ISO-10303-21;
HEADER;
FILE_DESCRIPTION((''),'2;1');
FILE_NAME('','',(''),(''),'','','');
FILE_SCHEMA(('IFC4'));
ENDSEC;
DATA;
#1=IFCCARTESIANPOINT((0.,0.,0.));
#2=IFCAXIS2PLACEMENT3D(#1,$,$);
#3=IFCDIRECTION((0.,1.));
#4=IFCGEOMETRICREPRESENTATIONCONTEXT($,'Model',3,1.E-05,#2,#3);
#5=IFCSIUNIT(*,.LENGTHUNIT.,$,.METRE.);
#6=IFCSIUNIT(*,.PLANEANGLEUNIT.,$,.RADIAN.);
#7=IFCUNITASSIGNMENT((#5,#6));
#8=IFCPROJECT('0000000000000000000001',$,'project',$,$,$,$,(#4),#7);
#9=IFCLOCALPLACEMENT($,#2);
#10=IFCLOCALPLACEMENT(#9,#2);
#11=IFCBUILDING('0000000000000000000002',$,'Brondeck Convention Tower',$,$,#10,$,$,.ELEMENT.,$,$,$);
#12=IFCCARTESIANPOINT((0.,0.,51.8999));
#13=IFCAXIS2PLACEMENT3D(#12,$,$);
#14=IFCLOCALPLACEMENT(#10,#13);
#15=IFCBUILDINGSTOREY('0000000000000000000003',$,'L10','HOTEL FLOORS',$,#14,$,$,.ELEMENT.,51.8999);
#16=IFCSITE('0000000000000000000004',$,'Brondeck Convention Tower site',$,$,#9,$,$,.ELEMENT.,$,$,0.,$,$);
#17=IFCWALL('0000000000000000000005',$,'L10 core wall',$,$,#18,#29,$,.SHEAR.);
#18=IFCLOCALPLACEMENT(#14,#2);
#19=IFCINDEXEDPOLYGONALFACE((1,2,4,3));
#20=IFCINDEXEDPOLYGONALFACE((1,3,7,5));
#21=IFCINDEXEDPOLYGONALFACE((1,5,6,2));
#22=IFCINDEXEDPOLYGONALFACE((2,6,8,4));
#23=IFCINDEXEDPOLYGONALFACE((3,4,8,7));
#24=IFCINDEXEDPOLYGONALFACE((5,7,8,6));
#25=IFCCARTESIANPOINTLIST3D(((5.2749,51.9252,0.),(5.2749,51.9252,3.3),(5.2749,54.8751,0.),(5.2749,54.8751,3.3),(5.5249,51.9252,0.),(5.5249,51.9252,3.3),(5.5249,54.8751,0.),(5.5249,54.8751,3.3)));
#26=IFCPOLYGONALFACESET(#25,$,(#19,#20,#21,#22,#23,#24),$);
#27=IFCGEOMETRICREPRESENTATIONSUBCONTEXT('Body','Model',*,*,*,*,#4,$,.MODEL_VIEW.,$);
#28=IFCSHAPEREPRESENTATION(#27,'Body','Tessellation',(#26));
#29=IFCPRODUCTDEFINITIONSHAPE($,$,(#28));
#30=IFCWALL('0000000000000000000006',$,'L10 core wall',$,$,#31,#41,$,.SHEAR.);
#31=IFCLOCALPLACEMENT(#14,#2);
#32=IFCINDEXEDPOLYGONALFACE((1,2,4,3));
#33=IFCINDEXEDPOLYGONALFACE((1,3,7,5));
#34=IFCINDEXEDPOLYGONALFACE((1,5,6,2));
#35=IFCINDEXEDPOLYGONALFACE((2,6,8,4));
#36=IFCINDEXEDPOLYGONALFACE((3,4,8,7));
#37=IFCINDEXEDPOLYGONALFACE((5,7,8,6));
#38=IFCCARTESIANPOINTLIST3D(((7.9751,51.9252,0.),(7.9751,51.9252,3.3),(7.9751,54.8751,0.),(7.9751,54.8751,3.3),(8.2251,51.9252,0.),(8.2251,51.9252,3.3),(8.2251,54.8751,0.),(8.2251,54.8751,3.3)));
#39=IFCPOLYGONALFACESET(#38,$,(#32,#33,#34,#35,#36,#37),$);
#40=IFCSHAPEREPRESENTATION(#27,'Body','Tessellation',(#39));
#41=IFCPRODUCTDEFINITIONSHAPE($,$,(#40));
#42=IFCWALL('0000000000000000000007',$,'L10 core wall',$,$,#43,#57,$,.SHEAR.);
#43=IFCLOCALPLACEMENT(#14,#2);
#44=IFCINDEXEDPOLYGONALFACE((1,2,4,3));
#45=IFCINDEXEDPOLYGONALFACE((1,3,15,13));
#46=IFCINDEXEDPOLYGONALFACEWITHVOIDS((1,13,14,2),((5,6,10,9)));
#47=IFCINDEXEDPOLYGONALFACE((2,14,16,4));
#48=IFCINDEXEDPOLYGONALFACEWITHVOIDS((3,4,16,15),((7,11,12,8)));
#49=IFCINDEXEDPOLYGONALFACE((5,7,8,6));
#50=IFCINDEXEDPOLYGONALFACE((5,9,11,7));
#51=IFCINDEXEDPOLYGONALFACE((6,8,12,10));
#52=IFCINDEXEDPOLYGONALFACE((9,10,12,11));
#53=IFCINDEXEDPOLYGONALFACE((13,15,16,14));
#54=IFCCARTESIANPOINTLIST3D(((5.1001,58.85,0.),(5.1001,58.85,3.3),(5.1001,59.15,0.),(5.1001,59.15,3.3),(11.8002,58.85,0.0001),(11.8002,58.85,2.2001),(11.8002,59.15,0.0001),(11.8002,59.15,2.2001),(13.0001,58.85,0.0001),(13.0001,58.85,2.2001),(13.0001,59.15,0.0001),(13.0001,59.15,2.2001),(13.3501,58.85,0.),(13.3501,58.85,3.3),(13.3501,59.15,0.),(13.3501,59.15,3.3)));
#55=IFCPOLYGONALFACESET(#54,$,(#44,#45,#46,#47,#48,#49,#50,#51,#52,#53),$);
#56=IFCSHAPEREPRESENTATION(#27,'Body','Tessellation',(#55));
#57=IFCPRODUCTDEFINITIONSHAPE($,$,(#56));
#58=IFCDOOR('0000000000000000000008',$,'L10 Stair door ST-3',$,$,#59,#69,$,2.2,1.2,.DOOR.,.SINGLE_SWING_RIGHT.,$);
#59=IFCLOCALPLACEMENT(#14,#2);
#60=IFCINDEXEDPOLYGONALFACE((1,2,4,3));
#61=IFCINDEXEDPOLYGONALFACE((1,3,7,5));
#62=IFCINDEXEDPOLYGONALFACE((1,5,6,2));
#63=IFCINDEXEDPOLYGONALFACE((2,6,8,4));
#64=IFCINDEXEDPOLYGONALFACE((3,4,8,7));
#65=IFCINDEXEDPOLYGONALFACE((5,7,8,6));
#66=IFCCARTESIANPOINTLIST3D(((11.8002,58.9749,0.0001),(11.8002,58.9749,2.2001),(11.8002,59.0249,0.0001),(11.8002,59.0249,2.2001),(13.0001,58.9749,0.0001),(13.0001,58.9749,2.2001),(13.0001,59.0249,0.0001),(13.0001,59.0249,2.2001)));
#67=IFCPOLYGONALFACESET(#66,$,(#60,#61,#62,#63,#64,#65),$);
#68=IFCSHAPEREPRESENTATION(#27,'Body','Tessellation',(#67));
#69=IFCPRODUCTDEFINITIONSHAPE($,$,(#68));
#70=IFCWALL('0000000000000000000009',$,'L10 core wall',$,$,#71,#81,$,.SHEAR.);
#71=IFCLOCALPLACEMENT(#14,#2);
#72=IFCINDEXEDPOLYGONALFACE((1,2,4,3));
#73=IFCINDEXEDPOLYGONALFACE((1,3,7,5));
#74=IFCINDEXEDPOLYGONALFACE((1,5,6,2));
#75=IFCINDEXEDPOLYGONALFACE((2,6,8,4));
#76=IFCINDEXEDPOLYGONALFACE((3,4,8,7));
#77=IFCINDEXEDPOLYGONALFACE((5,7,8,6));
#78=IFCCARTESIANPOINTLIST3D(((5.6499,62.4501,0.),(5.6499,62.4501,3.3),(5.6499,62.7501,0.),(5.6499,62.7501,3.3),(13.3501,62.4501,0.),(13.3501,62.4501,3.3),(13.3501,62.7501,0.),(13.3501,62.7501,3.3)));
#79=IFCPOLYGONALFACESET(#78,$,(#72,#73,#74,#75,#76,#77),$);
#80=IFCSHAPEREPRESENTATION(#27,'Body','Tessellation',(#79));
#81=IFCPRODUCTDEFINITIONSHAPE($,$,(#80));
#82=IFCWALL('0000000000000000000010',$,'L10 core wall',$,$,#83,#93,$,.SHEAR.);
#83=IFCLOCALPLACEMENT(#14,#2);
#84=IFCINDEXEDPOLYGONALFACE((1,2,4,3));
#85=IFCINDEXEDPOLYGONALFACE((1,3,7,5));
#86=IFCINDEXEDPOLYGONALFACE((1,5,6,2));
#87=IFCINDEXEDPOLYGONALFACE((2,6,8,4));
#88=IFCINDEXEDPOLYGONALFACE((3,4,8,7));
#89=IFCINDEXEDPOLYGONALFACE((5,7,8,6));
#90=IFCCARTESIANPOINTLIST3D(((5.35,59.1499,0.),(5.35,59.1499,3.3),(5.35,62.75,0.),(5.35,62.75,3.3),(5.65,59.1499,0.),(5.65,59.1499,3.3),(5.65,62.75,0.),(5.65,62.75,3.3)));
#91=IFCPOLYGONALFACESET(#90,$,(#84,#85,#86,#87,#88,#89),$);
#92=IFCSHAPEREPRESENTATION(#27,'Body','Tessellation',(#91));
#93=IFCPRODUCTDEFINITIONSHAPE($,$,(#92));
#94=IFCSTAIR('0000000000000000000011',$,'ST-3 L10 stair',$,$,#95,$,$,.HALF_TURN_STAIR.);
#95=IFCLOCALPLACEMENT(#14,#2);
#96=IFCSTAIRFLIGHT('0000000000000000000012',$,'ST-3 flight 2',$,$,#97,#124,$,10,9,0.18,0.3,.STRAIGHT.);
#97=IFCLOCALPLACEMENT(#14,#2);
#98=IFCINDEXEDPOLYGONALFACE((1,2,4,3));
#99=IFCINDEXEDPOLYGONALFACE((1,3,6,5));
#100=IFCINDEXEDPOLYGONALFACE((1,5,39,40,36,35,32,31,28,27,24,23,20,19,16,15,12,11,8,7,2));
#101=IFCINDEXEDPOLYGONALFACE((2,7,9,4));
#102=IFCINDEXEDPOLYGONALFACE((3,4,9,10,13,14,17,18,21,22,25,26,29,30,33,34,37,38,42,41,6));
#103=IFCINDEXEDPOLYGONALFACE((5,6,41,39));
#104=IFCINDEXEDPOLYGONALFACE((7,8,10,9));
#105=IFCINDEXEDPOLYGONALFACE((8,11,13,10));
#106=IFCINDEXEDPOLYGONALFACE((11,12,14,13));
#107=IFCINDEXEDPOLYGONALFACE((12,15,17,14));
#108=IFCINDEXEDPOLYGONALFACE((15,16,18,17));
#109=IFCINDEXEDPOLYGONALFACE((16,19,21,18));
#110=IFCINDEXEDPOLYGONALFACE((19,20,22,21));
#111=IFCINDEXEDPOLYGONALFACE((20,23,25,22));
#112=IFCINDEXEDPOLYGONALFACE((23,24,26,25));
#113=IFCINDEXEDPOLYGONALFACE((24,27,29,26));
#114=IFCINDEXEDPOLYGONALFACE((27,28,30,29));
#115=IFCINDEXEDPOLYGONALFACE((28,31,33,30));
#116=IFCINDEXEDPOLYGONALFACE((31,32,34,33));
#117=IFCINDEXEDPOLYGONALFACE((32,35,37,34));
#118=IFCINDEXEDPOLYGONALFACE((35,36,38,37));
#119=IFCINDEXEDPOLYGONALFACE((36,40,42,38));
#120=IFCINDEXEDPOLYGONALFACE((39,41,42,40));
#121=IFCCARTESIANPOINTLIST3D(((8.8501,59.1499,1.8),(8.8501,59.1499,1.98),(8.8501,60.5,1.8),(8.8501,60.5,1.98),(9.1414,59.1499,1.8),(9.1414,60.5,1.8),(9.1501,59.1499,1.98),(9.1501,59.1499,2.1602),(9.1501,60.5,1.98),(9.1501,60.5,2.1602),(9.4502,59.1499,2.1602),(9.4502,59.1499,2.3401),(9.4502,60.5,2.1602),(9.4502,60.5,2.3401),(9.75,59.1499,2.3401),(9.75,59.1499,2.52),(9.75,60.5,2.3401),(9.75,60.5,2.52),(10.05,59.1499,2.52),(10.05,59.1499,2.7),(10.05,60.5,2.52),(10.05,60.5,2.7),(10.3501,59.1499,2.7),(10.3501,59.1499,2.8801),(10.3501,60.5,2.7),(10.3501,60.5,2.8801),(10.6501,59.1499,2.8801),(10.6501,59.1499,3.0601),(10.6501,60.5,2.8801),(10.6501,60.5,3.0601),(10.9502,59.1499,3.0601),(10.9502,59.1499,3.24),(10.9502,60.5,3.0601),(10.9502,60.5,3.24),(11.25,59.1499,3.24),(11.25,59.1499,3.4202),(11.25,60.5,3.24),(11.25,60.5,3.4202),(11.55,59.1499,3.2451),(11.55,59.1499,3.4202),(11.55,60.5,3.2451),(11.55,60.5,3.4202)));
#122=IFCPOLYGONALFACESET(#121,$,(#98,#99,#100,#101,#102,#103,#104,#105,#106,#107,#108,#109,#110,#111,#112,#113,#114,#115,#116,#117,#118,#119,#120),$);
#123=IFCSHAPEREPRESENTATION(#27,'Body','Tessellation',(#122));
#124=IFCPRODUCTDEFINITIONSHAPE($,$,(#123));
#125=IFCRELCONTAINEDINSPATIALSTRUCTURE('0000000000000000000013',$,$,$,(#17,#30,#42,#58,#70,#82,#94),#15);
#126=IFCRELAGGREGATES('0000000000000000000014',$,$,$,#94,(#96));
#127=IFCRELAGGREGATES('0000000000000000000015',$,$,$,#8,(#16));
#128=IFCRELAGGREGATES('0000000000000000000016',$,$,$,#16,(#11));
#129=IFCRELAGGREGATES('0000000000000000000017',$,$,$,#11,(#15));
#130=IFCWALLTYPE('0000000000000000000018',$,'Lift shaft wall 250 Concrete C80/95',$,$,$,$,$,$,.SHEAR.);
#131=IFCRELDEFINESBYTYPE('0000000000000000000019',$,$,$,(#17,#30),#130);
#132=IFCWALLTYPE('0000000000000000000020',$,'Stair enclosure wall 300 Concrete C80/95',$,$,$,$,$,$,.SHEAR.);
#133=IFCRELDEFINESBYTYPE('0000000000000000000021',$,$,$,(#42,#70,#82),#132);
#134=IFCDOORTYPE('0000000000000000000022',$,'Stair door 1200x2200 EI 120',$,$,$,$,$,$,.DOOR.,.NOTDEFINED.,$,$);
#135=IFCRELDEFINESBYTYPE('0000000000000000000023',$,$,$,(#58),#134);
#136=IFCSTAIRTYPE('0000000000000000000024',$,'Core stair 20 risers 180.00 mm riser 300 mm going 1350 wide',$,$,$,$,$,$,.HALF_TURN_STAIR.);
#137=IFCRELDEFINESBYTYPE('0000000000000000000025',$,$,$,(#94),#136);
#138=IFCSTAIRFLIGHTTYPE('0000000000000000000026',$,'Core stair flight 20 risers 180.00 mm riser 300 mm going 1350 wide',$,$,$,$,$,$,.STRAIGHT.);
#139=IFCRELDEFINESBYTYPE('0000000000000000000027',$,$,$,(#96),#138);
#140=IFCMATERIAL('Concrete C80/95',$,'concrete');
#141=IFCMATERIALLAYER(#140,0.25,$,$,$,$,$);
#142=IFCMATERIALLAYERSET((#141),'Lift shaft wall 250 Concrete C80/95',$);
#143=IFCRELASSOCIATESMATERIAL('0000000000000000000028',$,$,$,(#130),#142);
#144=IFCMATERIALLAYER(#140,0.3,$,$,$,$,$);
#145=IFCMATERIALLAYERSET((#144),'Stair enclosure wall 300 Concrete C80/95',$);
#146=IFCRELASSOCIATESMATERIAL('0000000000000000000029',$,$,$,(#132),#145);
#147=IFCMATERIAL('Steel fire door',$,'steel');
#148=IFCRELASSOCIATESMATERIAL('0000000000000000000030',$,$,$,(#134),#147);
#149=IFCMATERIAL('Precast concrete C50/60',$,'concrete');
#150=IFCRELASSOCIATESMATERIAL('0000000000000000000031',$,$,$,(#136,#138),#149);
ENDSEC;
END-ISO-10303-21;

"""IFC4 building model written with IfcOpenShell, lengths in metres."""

from ifc_helpers import new_model, si_unit, direction, frame, frame_2d, origin, place, context, subcontext, project, spatial, polyline, rectangle, outline, extrude, material, layer, layer_set, type_object, element, fill, aggregate, save


model = new_model("IFC4")

# Units and contexts
model_context = context("Model", 3, precision=1e-05, world=origin(), true_north=direction((0.0, 1.0)))
body_context = subcontext(model_context, "Body", "Model", "MODEL_VIEW")
ifc_project = project(units=[si_unit("LENGTHUNIT", "METRE"), si_unit("PLANEANGLEUNIT", "RADIAN")], contexts=[model_context])

# Site, building, storey
site_placement = place(None, origin())
site = spatial("IfcSite", under=ifc_project, at=site_placement, Name="Brondeck Convention Tower site", CompositionType="ELEMENT", RefElevation=0.0)
building_placement = place(site_placement, origin())
building = spatial("IfcBuilding", under=site, at=building_placement, Name="Brondeck Convention Tower", CompositionType="ELEMENT")
storey_placement = place(building_placement, frame((0.0, 0.0, 51.8999)))
storey = spatial("IfcBuildingStorey", under=building, at=storey_placement, Name="L10", Description="HOTEL FLOORS", CompositionType="ELEMENT", Elevation=51.8999)

# Shared definitions
ifc_material_1 = material(Name="Concrete C80/95", Category="concrete")

# Shared definitions
ifc_material_2 = material(Name="Steel fire door", Category="steel")

# Shared definitions
ifc_layer_1 = layer(ifc_material_1, 0.25)
ifc_layer_set_1 = layer_set([ifc_layer_1], Name="Lift shaft wall 250 Concrete C80/95")
wall_type_1 = type_object("IfcWallType", Name="Lift shaft wall 250 Concrete C80/95", PredefinedType="SHEAR", material=ifc_layer_set_1)

# Walls
for number, where, z_axis, x_axis, name in (
    (1, (5.3999, 51.925, 0.0), (0.0, 0.0, 1.0), (0.0, 1.0, 0.0), "L10 core wall"),
    (2, (8.1001, 51.925, 0.0), (0.0, 0.0, 1.0), (0.0, 1.0, 0.0), "L10 core wall"),
):
    element("IfcWall", number, at=place(storey_placement, frame(where, z_axis=z_axis, x_axis=x_axis)), inside=storey, type_object=wall_type_1, Name=name, PredefinedType="SHEAR", context=body_context, shape_type="SweptSolid", body=[
        extrude(rectangle(XDim=2.95, YDim=0.25, at=frame_2d((1.4751, 0.0))), origin(), (0.0, 0.0, 1.0), 3.3),
    ])

# Wall, opening, door
ifc_layer_2 = layer(ifc_material_1, 0.3)
ifc_layer_set_2 = layer_set([ifc_layer_2], Name="Stair enclosure wall 300 Concrete C80/95")
wall_type_2 = type_object("IfcWallType", Name="Stair enclosure wall 300 Concrete C80/95", PredefinedType="SHEAR", material=ifc_layer_set_2)
wall_1_placement = place(storey_placement, frame((5.1001, 59.0, 0.0), z_axis=(0.0, 0.0, 1.0), x_axis=(1.0, 0.0, 0.0)))
wall_1 = element("IfcWall", 3, at=wall_1_placement, inside=storey, type_object=wall_type_2, Name="L10 core wall", PredefinedType="SHEAR", context=body_context, shape_type="SweptSolid", body=[
    extrude(rectangle(XDim=8.25, YDim=0.3, at=frame_2d((4.125, 0.0))), origin(), (0.0, 0.0, 1.0), 3.3),
])
opening_1_placement = place(wall_1_placement, frame((6.7, 0.0, 0.0)))
opening_1 = element("IfcOpeningElement", 4, at=opening_1_placement, cuts=wall_1, PredefinedType="OPENING", context=body_context, shape_type="SweptSolid", body=[
    extrude(rectangle(XDim=1.2, YDim=2.2, at=frame_2d((0.6001, 1.1001))), frame((0.0, 0.1599, 0.0), z_axis=(0.0, -1.0, 0.0), x_axis=(1.0, 0.0, 0.0)), (0.0, 0.0, 1.0), 0.3201),
])
door_type_1 = type_object("IfcDoorType", Name="Stair door 1200x2200 EI 120", OperationType="NOTDEFINED", PredefinedType="DOOR", material=ifc_material_2)
door_1_placement = place(opening_1_placement, origin())
door_1 = element("IfcDoor", 5, at=door_1_placement, inside=storey, type_object=door_type_1, Name="L10 Stair door ST-3", OperationType="SINGLE_SWING_RIGHT", OverallHeight=2.2, OverallWidth=1.2, PredefinedType="DOOR", context=body_context, shape_type="SweptSolid", body=[
    extrude(rectangle(XDim=1.2, YDim=2.2, at=frame_2d((0.6001, 1.1001))), frame((0.0, 0.0249, 0.0), z_axis=(0.0, -1.0, 0.0), x_axis=(1.0, 0.0, 0.0)), (0.0, 0.0, 1.0), 0.05),
])
fill(opening_1, door_1)

# Walls
wall_2_placement = place(storey_placement, frame((5.6499, 62.6001, 0.0), z_axis=(0.0, 0.0, 1.0), x_axis=(1.0, 0.0, 0.0)))
element("IfcWall", 6, at=wall_2_placement, inside=storey, type_object=wall_type_2, Name="L10 core wall", PredefinedType="SHEAR", context=body_context, shape_type="SweptSolid", body=[
    extrude(rectangle(XDim=7.7002, YDim=0.3, at=frame_2d((3.8501, 0.0))), origin(), (0.0, 0.0, 1.0), 3.3),
])
wall_3_placement = place(storey_placement, frame((5.5, 59.1499, 0.0), z_axis=(0.0, 0.0, 1.0), x_axis=(0.0, 1.0, 0.0)))
element("IfcWall", 7, at=wall_3_placement, inside=storey, type_object=wall_type_2, Name="L10 core wall", PredefinedType="SHEAR", context=body_context, shape_type="SweptSolid", body=[
    extrude(rectangle(XDim=3.6001, YDim=0.3, at=frame_2d((1.8, 0.0))), origin(), (0.0, 0.0, 1.0), 3.3),
])

# Stair, stair flight
ifc_material_3 = material(Name="Precast concrete C50/60", Category="concrete")
stair_type = type_object("IfcStairType", Name="Core stair 20 risers 180.00 mm riser 300 mm going 1350 wide", PredefinedType="HALF_TURN_STAIR", material=ifc_material_3)
stair_placement = place(storey_placement, origin())
stair = element("IfcStair", 8, at=stair_placement, inside=storey, type_object=stair_type, Name="ST-3 L10 stair", PredefinedType="HALF_TURN_STAIR")
stair_flight_type = type_object("IfcStairFlightType", Name="Core stair flight 20 risers 180.00 mm riser 300 mm going 1350 wide", PredefinedType="STRAIGHT", material=ifc_material_3)
stair_flight_placement = place(storey_placement, frame((8.8501, 59.825, 1.8), z_axis=(0.0, 0.0, 1.0), x_axis=(1.0, 0.0, 0.0)))
stair_flight = element("IfcStairFlight", 9, at=stair_flight_placement, type_object=stair_flight_type, Name="ST-3 flight 2", NumberOfRisers=10, NumberOfTreads=9, PredefinedType="STRAIGHT", RiserHeight=0.18, TreadLength=0.3, context=body_context, shape_type="SweptSolid", body=[
    extrude(outline(polyline([(0.0, 0.0), (0.0, 0.1799), (0.3, 0.1799), (0.3, 0.3601), (0.6001, 0.3601), (0.6001, 0.54), (0.8999, 0.54), (0.8999, 0.72), (1.2, 0.72), (1.2, 0.8999), (1.5, 0.8999), (1.5, 1.0801), (1.8, 1.0801), (1.8, 1.26), (2.1001, 1.26), (2.1001, 1.4399), (2.3999, 1.4399), (2.3999, 1.6201), (2.7, 1.6201), (2.7, 1.8), (2.7, 1.4451), (0.2913, 0.0), (0.0, 0.0)])), frame((0.0, 0.675, 0.0), z_axis=(0.0, -1.0, 0.0), x_axis=(1.0, 0.0, 0.0)), (0.0, 0.0, 1.0), 1.3501),
])
aggregate(stair, [stair_flight])

save(model, "model.ifc")
